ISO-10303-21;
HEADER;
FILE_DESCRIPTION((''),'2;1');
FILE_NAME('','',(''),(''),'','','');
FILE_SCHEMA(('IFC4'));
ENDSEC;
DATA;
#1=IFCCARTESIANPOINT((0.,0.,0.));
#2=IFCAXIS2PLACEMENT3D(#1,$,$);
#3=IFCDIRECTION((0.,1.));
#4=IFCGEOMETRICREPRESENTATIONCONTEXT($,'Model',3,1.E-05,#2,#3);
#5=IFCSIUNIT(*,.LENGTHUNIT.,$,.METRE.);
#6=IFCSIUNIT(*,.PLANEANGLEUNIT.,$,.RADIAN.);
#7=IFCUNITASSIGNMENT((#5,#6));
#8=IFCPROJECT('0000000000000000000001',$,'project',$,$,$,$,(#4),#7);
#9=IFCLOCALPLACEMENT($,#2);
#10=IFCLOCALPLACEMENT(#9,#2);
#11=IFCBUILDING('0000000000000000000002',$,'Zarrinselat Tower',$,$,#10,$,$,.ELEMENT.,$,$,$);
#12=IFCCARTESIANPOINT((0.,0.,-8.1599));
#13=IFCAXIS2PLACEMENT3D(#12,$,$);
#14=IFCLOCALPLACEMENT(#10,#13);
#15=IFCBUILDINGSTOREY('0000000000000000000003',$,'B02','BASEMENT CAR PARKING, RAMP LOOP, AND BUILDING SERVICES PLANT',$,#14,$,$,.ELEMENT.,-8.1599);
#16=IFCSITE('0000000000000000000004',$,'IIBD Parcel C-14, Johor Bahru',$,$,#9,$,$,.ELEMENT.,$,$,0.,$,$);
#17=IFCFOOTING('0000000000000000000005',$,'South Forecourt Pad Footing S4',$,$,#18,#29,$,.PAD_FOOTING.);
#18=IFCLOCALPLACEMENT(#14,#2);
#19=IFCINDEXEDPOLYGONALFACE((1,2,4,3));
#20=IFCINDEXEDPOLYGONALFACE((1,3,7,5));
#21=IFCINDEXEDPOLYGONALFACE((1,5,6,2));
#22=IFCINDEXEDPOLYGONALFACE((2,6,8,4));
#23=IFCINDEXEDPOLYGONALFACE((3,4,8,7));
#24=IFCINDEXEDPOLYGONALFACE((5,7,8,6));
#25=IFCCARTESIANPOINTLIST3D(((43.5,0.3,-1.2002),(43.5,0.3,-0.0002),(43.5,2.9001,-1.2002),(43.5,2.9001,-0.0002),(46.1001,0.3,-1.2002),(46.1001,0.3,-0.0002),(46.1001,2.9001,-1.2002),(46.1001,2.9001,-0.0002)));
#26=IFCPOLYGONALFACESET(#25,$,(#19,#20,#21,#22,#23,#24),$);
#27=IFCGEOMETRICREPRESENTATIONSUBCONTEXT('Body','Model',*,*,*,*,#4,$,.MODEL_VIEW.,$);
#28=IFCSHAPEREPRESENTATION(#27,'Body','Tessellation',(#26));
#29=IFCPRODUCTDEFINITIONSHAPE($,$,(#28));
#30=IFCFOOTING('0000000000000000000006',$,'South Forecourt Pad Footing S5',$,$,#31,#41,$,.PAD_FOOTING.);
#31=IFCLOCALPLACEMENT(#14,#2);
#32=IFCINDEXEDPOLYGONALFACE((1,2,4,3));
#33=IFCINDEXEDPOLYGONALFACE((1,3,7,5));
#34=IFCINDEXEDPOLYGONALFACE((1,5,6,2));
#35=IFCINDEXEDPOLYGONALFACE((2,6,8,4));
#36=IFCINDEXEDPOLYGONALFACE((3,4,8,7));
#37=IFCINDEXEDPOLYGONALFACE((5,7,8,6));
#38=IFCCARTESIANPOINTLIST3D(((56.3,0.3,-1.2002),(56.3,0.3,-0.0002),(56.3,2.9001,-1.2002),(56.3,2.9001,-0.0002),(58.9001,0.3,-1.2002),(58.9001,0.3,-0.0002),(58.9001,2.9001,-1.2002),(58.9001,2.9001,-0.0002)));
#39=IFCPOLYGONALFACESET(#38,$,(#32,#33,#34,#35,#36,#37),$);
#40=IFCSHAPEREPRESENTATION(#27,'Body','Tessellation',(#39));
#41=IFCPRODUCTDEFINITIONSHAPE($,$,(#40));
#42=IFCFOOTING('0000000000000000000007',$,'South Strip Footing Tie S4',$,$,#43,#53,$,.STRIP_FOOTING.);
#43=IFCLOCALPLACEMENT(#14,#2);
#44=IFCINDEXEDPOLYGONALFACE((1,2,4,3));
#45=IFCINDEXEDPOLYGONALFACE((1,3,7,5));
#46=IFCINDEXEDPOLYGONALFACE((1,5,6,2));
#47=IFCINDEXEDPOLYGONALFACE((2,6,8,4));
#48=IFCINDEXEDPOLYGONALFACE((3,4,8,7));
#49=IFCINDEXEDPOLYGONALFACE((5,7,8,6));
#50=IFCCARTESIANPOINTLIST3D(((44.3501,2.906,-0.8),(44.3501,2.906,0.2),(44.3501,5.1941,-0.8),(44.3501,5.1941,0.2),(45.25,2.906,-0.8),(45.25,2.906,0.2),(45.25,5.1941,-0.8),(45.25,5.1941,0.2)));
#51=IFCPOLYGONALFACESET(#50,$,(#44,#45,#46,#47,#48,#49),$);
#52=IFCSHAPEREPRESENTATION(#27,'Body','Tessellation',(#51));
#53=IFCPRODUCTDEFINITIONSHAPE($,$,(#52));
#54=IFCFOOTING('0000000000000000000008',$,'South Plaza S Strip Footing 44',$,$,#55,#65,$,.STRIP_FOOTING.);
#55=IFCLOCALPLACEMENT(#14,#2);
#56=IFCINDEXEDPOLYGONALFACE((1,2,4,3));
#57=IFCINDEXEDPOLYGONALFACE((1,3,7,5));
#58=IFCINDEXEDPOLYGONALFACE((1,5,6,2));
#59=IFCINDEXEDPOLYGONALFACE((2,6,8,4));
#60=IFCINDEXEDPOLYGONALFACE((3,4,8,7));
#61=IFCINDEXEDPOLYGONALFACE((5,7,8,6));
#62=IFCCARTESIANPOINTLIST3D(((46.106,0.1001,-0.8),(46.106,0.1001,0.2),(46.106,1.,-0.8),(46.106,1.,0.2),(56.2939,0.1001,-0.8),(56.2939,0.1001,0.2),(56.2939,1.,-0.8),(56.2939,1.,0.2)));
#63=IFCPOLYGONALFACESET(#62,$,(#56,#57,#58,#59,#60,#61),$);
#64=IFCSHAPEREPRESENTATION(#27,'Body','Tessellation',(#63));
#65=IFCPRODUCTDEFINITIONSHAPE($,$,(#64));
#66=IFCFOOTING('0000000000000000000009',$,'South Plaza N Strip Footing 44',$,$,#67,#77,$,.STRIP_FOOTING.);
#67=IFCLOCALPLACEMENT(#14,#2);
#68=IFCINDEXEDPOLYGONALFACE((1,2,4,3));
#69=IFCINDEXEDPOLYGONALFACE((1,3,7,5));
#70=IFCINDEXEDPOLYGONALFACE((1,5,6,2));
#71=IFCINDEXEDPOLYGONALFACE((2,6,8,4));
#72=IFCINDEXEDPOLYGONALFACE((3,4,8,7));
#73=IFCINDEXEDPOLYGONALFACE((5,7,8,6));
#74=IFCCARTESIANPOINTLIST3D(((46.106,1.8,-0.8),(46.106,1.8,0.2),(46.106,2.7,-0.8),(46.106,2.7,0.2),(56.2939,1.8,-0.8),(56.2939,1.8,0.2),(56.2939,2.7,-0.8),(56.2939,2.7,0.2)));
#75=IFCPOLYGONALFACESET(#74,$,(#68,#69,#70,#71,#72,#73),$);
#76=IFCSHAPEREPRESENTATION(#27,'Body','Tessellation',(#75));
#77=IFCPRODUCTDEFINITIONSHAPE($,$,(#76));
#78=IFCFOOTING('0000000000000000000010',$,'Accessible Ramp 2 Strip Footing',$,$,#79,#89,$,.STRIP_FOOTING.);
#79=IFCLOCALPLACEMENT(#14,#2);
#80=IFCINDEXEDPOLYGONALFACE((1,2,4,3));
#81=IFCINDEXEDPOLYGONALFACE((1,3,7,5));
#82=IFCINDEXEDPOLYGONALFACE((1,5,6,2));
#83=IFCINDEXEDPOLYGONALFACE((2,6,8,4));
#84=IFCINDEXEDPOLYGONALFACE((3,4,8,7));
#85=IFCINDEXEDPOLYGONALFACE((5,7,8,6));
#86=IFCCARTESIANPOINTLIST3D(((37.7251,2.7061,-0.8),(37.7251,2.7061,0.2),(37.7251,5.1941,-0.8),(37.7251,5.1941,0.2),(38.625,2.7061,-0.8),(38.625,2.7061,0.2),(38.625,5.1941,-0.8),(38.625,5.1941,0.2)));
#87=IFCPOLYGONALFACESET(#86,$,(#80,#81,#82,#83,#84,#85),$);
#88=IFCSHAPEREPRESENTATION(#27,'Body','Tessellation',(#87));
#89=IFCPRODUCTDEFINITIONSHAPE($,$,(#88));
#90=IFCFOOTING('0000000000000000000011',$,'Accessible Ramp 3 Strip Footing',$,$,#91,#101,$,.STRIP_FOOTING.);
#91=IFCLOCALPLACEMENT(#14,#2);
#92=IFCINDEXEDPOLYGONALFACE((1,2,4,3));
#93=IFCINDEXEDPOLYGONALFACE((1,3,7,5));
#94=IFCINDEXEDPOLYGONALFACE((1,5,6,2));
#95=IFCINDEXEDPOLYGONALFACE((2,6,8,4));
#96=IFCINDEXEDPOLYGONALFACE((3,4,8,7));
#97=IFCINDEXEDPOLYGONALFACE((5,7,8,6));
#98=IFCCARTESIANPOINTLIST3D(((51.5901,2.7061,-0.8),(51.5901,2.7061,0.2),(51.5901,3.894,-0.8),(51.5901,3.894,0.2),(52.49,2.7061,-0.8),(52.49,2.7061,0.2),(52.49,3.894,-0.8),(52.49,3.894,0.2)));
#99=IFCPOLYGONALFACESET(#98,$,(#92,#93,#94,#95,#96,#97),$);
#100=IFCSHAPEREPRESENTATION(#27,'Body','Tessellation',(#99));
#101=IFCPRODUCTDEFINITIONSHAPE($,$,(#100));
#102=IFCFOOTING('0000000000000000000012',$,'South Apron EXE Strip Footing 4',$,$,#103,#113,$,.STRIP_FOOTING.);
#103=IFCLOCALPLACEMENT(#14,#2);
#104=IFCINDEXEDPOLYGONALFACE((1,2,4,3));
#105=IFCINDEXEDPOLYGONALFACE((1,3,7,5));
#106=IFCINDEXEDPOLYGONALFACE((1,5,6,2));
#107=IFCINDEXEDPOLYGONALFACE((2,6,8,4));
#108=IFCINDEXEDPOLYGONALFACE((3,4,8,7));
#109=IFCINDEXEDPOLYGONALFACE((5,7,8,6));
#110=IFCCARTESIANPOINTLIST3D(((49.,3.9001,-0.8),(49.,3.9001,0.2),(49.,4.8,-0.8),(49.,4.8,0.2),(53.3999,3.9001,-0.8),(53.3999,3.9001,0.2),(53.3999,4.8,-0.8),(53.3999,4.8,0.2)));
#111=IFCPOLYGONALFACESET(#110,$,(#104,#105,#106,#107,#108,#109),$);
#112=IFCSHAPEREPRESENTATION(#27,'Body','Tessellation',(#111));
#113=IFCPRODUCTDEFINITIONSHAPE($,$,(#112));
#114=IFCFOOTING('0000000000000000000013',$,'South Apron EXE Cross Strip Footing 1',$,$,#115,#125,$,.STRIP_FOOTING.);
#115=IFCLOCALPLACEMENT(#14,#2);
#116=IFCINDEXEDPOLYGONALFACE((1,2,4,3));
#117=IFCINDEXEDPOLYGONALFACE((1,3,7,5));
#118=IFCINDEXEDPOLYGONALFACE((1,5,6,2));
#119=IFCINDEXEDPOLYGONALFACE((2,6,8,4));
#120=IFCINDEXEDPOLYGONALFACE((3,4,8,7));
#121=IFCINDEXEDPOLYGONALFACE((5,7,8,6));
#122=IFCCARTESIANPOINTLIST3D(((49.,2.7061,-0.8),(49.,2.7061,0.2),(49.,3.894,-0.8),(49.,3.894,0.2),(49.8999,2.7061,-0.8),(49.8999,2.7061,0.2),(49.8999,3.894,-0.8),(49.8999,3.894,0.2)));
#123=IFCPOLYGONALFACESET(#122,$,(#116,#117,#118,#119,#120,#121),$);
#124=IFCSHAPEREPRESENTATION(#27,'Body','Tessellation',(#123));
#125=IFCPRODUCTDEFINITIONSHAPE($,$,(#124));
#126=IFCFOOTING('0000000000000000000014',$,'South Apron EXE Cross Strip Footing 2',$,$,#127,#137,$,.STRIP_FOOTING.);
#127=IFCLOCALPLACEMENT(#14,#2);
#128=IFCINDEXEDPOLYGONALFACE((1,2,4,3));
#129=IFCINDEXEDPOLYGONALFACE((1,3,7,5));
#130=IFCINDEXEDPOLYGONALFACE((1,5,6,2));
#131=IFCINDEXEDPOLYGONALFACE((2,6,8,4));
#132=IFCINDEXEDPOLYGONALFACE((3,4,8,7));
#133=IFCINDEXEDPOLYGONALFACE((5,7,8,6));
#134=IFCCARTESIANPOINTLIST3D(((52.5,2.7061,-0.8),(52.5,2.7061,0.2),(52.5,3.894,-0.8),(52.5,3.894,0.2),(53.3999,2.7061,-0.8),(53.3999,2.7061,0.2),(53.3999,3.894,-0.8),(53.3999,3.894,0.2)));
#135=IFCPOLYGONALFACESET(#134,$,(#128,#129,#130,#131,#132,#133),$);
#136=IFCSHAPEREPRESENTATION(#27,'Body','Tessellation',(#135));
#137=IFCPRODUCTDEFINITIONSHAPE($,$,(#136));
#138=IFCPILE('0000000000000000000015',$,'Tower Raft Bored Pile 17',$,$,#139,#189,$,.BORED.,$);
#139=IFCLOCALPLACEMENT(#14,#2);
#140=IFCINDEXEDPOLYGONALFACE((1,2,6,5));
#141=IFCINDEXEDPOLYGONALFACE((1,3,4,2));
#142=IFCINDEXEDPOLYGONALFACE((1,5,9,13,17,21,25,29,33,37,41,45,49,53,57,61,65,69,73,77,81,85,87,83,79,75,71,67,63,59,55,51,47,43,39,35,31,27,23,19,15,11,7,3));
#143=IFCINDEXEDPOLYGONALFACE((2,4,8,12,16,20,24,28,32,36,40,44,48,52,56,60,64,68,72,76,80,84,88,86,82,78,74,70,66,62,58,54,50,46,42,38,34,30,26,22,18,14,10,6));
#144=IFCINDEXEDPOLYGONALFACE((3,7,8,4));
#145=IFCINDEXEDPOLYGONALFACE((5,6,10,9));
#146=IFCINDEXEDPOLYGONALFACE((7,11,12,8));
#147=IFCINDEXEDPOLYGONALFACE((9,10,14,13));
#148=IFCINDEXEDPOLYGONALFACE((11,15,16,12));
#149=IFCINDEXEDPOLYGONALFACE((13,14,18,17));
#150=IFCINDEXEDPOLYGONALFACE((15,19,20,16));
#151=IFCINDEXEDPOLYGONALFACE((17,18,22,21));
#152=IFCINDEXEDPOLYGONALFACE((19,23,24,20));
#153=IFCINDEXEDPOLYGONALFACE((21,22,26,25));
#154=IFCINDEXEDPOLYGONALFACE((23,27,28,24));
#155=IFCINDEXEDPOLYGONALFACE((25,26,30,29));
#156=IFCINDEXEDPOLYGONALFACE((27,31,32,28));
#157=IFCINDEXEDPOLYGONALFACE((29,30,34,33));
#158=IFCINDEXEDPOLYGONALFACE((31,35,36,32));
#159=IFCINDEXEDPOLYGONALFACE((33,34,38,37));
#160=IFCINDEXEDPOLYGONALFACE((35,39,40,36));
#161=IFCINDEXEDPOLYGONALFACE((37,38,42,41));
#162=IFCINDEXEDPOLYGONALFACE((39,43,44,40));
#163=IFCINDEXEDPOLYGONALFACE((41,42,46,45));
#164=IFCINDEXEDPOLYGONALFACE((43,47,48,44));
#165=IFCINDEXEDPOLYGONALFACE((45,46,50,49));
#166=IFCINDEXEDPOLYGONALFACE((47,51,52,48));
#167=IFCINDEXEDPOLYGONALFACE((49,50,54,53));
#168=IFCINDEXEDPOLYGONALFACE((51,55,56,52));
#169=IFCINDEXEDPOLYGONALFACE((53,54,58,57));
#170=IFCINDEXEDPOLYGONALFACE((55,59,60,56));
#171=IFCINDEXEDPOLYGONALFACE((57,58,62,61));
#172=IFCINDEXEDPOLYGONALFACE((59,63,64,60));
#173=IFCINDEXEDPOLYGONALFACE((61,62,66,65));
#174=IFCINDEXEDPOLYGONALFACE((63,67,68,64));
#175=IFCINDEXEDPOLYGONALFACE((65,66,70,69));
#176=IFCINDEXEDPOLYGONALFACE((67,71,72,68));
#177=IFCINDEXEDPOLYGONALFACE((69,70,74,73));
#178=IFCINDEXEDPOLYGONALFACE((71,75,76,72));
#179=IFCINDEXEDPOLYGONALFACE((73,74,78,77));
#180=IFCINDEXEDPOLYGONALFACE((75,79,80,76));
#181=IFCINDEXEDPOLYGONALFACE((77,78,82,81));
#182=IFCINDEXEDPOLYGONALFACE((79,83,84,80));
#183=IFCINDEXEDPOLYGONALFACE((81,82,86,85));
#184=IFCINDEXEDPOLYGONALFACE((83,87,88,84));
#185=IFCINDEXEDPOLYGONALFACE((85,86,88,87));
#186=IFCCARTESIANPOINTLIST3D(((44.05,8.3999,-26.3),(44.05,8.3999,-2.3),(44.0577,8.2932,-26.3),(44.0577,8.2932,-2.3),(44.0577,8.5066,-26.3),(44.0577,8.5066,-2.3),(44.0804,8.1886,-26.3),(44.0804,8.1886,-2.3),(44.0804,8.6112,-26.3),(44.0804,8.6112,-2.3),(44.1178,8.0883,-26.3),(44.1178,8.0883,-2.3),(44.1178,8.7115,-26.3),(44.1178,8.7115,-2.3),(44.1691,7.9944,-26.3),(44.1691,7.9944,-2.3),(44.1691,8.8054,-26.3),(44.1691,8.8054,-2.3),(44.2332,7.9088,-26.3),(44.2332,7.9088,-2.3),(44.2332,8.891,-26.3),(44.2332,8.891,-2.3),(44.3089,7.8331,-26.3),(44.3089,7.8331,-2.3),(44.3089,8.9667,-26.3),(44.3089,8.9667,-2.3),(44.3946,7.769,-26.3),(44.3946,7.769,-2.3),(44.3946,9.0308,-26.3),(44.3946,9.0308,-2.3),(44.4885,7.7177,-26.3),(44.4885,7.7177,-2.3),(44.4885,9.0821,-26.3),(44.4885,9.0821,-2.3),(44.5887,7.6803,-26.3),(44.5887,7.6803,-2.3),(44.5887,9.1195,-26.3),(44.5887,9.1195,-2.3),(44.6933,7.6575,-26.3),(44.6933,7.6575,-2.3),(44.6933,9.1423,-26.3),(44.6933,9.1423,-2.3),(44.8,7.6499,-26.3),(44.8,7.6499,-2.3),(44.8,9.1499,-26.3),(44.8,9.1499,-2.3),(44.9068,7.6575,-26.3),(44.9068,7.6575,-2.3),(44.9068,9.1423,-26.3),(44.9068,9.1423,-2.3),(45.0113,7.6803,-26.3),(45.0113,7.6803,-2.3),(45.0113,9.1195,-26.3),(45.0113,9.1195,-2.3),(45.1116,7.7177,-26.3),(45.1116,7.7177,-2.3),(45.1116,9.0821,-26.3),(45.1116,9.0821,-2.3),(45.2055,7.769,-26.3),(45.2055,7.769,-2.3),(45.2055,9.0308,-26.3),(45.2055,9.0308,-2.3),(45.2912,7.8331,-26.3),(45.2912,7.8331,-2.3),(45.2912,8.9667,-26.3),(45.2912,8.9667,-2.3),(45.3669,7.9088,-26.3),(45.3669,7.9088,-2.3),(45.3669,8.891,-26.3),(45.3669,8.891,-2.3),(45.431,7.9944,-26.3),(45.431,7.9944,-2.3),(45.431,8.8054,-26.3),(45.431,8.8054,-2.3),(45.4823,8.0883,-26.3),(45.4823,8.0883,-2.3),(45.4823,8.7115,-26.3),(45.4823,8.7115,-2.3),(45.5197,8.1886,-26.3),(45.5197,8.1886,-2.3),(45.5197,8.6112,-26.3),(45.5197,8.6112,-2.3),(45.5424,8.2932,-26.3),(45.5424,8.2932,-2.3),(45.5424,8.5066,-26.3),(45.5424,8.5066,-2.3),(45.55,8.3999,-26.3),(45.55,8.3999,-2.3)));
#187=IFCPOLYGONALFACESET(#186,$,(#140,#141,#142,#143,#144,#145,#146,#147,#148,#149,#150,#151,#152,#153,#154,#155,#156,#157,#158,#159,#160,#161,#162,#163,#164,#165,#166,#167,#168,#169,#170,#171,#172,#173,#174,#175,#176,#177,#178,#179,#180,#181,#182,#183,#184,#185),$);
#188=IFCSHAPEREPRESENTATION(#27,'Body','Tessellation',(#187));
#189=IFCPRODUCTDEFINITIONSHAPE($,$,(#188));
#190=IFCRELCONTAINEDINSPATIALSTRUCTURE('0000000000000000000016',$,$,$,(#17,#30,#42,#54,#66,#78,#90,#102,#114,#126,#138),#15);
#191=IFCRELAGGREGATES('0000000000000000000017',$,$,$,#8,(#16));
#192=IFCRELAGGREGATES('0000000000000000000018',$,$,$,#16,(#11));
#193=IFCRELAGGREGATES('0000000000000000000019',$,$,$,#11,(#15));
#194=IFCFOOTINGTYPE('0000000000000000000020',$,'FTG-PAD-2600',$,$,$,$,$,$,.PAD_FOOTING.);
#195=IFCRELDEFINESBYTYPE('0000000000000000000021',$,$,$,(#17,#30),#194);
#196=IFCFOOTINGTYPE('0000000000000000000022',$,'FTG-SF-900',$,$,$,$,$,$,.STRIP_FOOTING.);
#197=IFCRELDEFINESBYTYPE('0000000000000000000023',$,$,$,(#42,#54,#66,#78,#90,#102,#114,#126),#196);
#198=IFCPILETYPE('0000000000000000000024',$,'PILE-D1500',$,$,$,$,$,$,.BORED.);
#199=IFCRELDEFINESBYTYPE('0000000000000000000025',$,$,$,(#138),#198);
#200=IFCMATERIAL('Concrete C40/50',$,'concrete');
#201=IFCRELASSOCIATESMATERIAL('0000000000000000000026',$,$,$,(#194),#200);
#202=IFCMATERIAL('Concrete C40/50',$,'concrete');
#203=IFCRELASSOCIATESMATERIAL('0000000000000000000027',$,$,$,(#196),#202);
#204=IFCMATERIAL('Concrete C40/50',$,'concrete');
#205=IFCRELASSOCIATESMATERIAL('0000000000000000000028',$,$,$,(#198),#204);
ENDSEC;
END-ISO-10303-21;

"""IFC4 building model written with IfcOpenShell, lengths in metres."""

from ifc_helpers import new_model, si_unit, direction, frame, origin, origin_2d, place, context, subcontext, project, spatial, rectangle, circle, extrude, material, material_profile, profile_set, type_object, element, save


model = new_model("IFC4")

# Units and contexts
model_context = context("Model", 3, precision=1e-05, world=origin(), true_north=direction((0.0, 1.0)))
body_context = subcontext(model_context, "Body", "Model", "MODEL_VIEW")
ifc_project = project(units=[si_unit("LENGTHUNIT", "METRE"), si_unit("PLANEANGLEUNIT", "RADIAN")], contexts=[model_context])

# Site, building, storey
site_placement = place(None, origin())
site = spatial("IfcSite", under=ifc_project, at=site_placement, Name="IIBD Parcel C-14, Johor Bahru", CompositionType="ELEMENT", RefElevation=0.0)
building_placement = place(site_placement, origin())
building = spatial("IfcBuilding", under=site, at=building_placement, Name="Zarrinselat Tower", CompositionType="ELEMENT")
storey_placement = place(building_placement, frame((0.0, 0.0, -8.1599)))
storey = spatial("IfcBuildingStorey", under=building, at=storey_placement, Name="B02", Description="BASEMENT CAR PARKING, RAMP LOOP, AND BUILDING SERVICES PLANT", CompositionType="ELEMENT", Elevation=-8.1599)

# Footings
ifc_material_1 = material(Name="Concrete C40/50", Category="concrete")
footing_type_1 = type_object("IfcFootingType", Name="FTG-PAD-2600", PredefinedType="PAD_FOOTING", material=ifc_material_1)
for number, where, z_axis, x_axis, name in (
    (1, (44.8, 1.6001, -1.2002), (0.0, 0.0, 1.0), (1.0, 0.0, 0.0), "South Forecourt Pad Footing S4"),
    (2, (57.6001, 1.6001, -1.2002), (0.0, 0.0, 1.0), (1.0, 0.0, 0.0), "South Forecourt Pad Footing S5"),
):
    element("IfcFooting", number, at=place(storey_placement, frame(where, z_axis=z_axis, x_axis=x_axis)), inside=storey, type_object=footing_type_1, Name=name, PredefinedType="PAD_FOOTING", context=body_context, shape_type="SweptSolid", body=[
        extrude(rectangle(XDim=2.6001, YDim=2.6001, at=origin_2d()), origin(), (0.0, 0.0, 1.0), 1.2),
    ])
ifc_material_2 = material(Name="Concrete C40/50", Category="concrete")
ifc_material_profile_1 = material_profile(ifc_material_2, rectangle(XDim=0.8999, YDim=1.0, at=origin_2d()), Name="RC SF 900x1000")
ifc_profile_set_1 = profile_set([ifc_material_profile_1], Name="Concrete C40/50")
footing_type_2 = type_object("IfcFootingType", Name="FTG-SF-900", PredefinedType="STRIP_FOOTING", material=ifc_profile_set_1)
footing_1_placement = place(storey_placement, frame((44.8, 2.906, -0.3), z_axis=(0.0, 1.0, 0.0), x_axis=(-1.0, 0.0, 0.0)))
element("IfcFooting", 3, at=footing_1_placement, inside=storey, type_object=footing_type_2, Name="South Strip Footing Tie S4", PredefinedType="STRIP_FOOTING", context=body_context, shape_type="SweptSolid", body=[
    extrude(rectangle(XDim=0.8999, YDim=1.0, at=origin_2d()), origin(), (0.0, 0.0, 1.0), 2.2881),
])
for number, where, z_axis, x_axis, name in (
    (4, (46.106, 0.55, -0.3), (1.0, 0.0, 0.0), (0.0, 1.0, 0.0), "South Plaza S Strip Footing 44"),
    (5, (46.106, 2.25, -0.3), (1.0, 0.0, 0.0), (0.0, 1.0, 0.0), "South Plaza N Strip Footing 44"),
):
    element("IfcFooting", number, at=place(storey_placement, frame(where, z_axis=z_axis, x_axis=x_axis)), inside=storey, type_object=footing_type_2, Name=name, PredefinedType="STRIP_FOOTING", context=body_context, shape_type="SweptSolid", body=[
        extrude(rectangle(XDim=0.8999, YDim=1.0, at=origin_2d()), origin(), (0.0, 0.0, 1.0), 10.188),
    ])
footing_2_placement = place(storey_placement, frame((38.175, 2.7061, -0.3), z_axis=(0.0, 1.0, 0.0), x_axis=(-1.0, 0.0, 0.0)))
element("IfcFooting", 6, at=footing_2_placement, inside=storey, type_object=footing_type_2, Name="Accessible Ramp 2 Strip Footing", PredefinedType="STRIP_FOOTING", context=body_context, shape_type="SweptSolid", body=[
    extrude(rectangle(XDim=0.8999, YDim=1.0, at=origin_2d()), origin(), (0.0, 0.0, 1.0), 2.488),
])
footing_3_placement = place(storey_placement, frame((52.04, 2.7061, -0.3), z_axis=(0.0, 1.0, 0.0), x_axis=(-1.0, 0.0, 0.0)))
element("IfcFooting", 7, at=footing_3_placement, inside=storey, type_object=footing_type_2, Name="Accessible Ramp 3 Strip Footing", PredefinedType="STRIP_FOOTING", context=body_context, shape_type="SweptSolid", body=[
    extrude(rectangle(XDim=0.8999, YDim=1.0, at=origin_2d()), origin(), (0.0, 0.0, 1.0), 1.188),
])
footing_4_placement = place(storey_placement, frame((49.0, 4.3501, -0.3), z_axis=(1.0, 0.0, 0.0), x_axis=(0.0, 1.0, 0.0)))
element("IfcFooting", 8, at=footing_4_placement, inside=storey, type_object=footing_type_2, Name="South Apron EXE Strip Footing 4", PredefinedType="STRIP_FOOTING", context=body_context, shape_type="SweptSolid", body=[
    extrude(rectangle(XDim=0.8999, YDim=1.0, at=origin_2d()), origin(), (0.0, 0.0, 1.0), 4.3999),
])
for number, where, z_axis, x_axis, name in (
    (9, (49.45, 2.7061, -0.3), (0.0, 1.0, 0.0), (-1.0, 0.0, 0.0), "South Apron EXE Cross Strip Footing 1"),
    (10, (52.95, 2.7061, -0.3), (0.0, 1.0, 0.0), (-1.0, 0.0, 0.0), "South Apron EXE Cross Strip Footing 2"),
):
    element("IfcFooting", number, at=place(storey_placement, frame(where, z_axis=z_axis, x_axis=x_axis)), inside=storey, type_object=footing_type_2, Name=name, PredefinedType="STRIP_FOOTING", context=body_context, shape_type="SweptSolid", body=[
        extrude(rectangle(XDim=0.8999, YDim=1.0, at=origin_2d()), origin(), (0.0, 0.0, 1.0), 1.188),
    ])

# Pile
ifc_material_3 = material(Name="Concrete C40/50", Category="concrete")
ifc_material_profile_2 = material_profile(ifc_material_3, circle(Radius=0.75, at=origin_2d()), Name="BORED PILE D1500")
ifc_profile_set_2 = profile_set([ifc_material_profile_2], Name="Concrete C40/50")
pile_type = type_object("IfcPileType", Name="PILE-D1500", PredefinedType="BORED", material=ifc_profile_set_2)
for number, where, z_axis, x_axis, name in (
    (11, (44.8, 8.3999, -2.3), (0.0, 0.0, -1.0), (1.0, 0.0, 0.0), "Tower Raft Bored Pile 17"),
):
    element("IfcPile", number, at=place(storey_placement, frame(where, z_axis=z_axis, x_axis=x_axis)), inside=storey, type_object=pile_type, Name=name, PredefinedType="BORED", context=body_context, shape_type="SweptSolid", body=[
        extrude(circle(Radius=0.75, at=origin_2d()), origin(), (0.0, 0.0, 1.0), 24.0),
    ])

save(model, "model.ifc")
